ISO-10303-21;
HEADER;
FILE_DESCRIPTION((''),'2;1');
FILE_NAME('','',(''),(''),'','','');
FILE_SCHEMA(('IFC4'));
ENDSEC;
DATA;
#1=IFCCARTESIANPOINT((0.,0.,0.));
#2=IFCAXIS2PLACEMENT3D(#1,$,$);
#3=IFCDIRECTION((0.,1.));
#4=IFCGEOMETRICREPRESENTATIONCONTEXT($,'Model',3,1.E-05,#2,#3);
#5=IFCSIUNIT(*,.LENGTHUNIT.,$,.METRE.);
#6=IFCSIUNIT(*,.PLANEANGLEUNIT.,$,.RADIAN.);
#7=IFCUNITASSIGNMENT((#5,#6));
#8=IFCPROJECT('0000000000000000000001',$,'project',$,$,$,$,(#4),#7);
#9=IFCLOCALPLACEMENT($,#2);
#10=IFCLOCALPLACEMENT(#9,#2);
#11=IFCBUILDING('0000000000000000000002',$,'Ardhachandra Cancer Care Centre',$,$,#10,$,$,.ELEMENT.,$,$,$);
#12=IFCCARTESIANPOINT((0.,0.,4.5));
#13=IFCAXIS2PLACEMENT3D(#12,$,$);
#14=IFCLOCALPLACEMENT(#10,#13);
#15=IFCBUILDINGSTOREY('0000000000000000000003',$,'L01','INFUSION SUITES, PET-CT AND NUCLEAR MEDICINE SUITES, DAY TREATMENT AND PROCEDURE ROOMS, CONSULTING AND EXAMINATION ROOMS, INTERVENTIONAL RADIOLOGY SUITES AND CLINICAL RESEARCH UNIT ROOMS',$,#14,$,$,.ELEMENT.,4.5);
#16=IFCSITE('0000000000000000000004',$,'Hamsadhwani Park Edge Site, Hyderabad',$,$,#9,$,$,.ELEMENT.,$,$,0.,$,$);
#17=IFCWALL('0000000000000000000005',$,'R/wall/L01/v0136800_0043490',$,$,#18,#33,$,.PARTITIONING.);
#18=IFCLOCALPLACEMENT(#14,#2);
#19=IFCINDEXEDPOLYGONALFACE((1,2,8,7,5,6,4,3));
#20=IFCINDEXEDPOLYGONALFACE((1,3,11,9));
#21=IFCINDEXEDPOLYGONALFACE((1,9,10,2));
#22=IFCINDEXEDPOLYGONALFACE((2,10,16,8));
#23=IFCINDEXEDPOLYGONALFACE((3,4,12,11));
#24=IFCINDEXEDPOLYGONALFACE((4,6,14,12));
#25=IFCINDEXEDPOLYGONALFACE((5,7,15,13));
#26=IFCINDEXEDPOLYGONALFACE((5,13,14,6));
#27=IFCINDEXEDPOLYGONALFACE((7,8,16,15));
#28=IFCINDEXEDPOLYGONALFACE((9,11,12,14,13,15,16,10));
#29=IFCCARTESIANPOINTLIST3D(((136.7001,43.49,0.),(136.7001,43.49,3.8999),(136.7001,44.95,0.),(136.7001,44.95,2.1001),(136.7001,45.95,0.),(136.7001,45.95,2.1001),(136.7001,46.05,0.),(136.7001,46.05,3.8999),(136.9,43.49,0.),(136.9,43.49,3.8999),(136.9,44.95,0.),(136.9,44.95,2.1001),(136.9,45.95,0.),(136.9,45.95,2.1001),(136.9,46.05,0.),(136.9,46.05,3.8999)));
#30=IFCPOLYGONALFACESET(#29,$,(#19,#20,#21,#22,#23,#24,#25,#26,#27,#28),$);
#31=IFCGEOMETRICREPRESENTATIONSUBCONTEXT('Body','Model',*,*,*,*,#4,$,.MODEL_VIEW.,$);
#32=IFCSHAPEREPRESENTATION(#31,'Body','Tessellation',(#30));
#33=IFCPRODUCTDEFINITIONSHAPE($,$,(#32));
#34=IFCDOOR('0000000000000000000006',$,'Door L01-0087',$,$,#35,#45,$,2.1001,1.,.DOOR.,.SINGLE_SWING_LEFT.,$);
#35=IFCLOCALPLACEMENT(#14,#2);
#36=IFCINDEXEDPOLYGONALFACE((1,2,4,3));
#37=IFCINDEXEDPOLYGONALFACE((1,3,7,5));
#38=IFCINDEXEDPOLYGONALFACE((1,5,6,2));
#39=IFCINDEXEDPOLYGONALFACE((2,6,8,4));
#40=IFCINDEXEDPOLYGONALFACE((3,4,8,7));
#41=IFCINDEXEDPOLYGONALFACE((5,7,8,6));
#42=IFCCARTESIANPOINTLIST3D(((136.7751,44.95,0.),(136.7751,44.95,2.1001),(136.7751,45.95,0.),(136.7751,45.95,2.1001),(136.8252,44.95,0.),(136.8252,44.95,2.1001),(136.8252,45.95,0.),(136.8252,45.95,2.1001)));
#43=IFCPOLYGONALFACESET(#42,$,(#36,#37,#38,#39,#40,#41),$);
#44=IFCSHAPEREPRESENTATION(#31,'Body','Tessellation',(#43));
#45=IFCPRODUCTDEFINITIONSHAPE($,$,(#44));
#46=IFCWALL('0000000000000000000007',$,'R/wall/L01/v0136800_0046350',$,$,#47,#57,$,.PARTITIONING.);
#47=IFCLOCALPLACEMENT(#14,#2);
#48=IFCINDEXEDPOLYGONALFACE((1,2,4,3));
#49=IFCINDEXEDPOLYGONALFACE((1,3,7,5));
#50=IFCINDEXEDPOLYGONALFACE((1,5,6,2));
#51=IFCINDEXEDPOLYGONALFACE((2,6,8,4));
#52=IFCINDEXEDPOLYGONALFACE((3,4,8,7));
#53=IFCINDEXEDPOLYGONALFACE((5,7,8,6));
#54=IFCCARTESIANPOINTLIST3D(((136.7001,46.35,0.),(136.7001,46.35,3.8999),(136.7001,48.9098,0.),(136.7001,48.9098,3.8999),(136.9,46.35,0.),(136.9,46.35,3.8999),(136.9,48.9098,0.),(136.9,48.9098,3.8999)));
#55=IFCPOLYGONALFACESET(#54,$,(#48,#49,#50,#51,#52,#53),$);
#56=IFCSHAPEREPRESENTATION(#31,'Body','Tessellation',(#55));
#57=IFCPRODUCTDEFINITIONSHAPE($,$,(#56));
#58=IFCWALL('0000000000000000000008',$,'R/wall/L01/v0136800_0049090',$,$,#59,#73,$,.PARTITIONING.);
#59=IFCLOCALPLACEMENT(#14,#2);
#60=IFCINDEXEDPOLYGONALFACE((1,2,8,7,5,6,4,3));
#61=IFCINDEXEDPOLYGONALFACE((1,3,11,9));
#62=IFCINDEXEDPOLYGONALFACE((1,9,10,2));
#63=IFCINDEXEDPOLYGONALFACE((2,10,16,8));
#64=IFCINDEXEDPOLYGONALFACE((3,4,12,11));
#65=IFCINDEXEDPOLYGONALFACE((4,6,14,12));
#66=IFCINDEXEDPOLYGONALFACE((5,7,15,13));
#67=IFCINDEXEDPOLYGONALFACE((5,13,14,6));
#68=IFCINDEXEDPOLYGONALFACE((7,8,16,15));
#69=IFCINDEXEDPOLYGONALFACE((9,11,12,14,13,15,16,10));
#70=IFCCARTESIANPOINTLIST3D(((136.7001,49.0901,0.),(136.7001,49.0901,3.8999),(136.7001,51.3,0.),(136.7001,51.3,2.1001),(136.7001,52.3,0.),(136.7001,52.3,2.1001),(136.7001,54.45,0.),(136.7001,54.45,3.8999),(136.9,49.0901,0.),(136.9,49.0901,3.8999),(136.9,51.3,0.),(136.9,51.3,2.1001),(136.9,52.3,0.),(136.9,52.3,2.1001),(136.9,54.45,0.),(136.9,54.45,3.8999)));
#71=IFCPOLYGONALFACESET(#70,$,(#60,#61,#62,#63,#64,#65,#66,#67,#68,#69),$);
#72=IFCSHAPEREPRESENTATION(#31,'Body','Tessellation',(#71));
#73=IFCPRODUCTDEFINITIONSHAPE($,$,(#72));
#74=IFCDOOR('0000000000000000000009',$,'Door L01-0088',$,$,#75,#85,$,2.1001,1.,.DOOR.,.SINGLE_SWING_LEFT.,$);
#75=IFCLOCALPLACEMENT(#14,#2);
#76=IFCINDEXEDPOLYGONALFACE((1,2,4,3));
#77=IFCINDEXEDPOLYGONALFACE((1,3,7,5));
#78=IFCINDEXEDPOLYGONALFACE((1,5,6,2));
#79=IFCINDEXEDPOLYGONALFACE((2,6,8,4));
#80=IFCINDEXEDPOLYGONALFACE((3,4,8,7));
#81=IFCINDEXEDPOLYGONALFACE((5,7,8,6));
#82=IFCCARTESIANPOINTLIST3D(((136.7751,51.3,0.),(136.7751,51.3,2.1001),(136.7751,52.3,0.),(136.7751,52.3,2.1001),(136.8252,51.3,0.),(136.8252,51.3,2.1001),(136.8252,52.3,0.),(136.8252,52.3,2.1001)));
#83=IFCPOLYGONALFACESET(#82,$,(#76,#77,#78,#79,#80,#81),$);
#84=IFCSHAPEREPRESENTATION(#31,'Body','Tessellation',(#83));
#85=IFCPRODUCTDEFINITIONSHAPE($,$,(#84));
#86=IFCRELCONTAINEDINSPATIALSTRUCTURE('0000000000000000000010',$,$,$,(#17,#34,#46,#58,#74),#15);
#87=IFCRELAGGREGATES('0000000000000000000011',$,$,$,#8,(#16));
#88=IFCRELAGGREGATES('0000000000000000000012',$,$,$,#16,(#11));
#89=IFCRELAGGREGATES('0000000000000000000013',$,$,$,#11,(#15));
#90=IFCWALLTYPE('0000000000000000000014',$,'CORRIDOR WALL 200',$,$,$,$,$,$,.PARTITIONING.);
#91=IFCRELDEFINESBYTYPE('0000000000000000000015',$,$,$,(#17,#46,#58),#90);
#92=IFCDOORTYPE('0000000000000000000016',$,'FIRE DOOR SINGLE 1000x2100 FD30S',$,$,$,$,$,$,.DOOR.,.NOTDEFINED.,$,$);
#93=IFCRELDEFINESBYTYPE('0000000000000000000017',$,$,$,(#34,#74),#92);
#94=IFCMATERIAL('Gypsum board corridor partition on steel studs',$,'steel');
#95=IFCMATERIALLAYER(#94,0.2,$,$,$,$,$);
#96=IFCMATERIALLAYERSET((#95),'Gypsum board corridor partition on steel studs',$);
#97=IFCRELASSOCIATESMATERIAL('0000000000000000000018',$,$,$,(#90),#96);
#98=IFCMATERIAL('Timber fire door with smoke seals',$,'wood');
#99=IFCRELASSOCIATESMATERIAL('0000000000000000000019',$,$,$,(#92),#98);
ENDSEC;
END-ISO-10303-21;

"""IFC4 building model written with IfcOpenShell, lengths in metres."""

from ifc_helpers import new_model, si_unit, direction, frame, frame_2d, origin, place, context, subcontext, project, spatial, rectangle, extrude, material, layer, layer_set, type_object, element, fill, save


model = new_model("IFC4")

# Units and contexts
model_context = context("Model", 3, precision=1e-05, world=origin(), true_north=direction((0.0, 1.0)))
body_context = subcontext(model_context, "Body", "Model", "MODEL_VIEW")
ifc_project = project(units=[si_unit("LENGTHUNIT", "METRE"), si_unit("PLANEANGLEUNIT", "RADIAN")], contexts=[model_context])

# Site, building, storey
site_placement = place(None, origin())
site = spatial("IfcSite", under=ifc_project, at=site_placement, Name="Hamsadhwani Park Edge Site, Hyderabad", CompositionType="ELEMENT", RefElevation=0.0)
building_placement = place(site_placement, origin())
building = spatial("IfcBuilding", under=site, at=building_placement, Name="Ardhachandra Cancer Care Centre", CompositionType="ELEMENT")
storey_placement = place(building_placement, frame((0.0, 0.0, 4.5)))
storey = spatial("IfcBuildingStorey", under=building, at=storey_placement, Name="L01", Description="INFUSION SUITES, PET-CT AND NUCLEAR MEDICINE SUITES, DAY TREATMENT AND PROCEDURE ROOMS, CONSULTING AND EXAMINATION ROOMS, INTERVENTIONAL RADIOLOGY SUITES AND CLINICAL RESEARCH UNIT ROOMS", CompositionType="ELEMENT", Elevation=4.5)

# Wall, opening, door
ifc_material_1 = material(Name="Gypsum board corridor partition on steel studs", Category="steel")
ifc_layer_1 = layer(ifc_material_1, 0.2)
ifc_layer_set_1 = layer_set([ifc_layer_1], Name="Gypsum board corridor partition on steel studs")
wall_type_1 = type_object("IfcWallType", Name="CORRIDOR WALL 200", PredefinedType="PARTITIONING", material=ifc_layer_set_1)
wall_1_placement = place(storey_placement, frame((136.8, 43.49, 0.0), z_axis=(0.0, 0.0, 1.0), x_axis=(0.0, 1.0, 0.0)))
wall_1 = element("IfcWall", 1, at=wall_1_placement, inside=storey, type_object=wall_type_1, Name="R/wall/L01/v0136800_0043490", PredefinedType="PARTITIONING", context=body_context, shape_type="SweptSolid", body=[
    extrude(rectangle(XDim=2.5601, YDim=0.2, at=frame_2d((1.28, 0.0))), origin(), (0.0, 0.0, 1.0), 3.8999),
])
opening_1_placement = place(wall_1_placement, frame((1.46, 0.0, 0.0)))
opening_1 = element("IfcOpeningElement", 2, at=opening_1_placement, cuts=wall_1, PredefinedType="OPENING", context=body_context, shape_type="SweptSolid", body=[
    extrude(rectangle(XDim=1.0, YDim=2.1001, at=frame_2d((0.5, 1.05))), frame((0.0, 0.1099, 0.0), z_axis=(0.0, -1.0, 0.0), x_axis=(1.0, 0.0, 0.0)), (0.0, 0.0, 1.0), 0.22),
])
ifc_material_2 = material(Name="Timber fire door with smoke seals", Category="wood")
door_type = type_object("IfcDoorType", Name="FIRE DOOR SINGLE 1000x2100 FD30S", OperationType="NOTDEFINED", PredefinedType="DOOR", material=ifc_material_2)
door_1_placement = place(opening_1_placement, origin())
door_1 = element("IfcDoor", 3, at=door_1_placement, inside=storey, type_object=door_type, Name="Door L01-0087", OperationType="SINGLE_SWING_LEFT", OverallHeight=2.1001, OverallWidth=1.0, PredefinedType="DOOR", context=body_context, shape_type="SweptSolid", body=[
    extrude(rectangle(XDim=1.0, YDim=2.1001, at=frame_2d((0.5, 1.05))), frame((0.0, 0.0249, 0.0), z_axis=(0.0, -1.0, 0.0), x_axis=(1.0, 0.0, 0.0)), (0.0, 0.0, 1.0), 0.05),
])
fill(opening_1, door_1)

# Wall
wall_2_placement = place(storey_placement, frame((136.8, 46.3501, 0.0), z_axis=(0.0, 0.0, 1.0), x_axis=(0.0, 1.0, 0.0)))
element("IfcWall", 4, at=wall_2_placement, inside=storey, type_object=wall_type_1, Name="R/wall/L01/v0136800_0046350", PredefinedType="PARTITIONING", context=body_context, shape_type="SweptSolid", body=[
    extrude(rectangle(XDim=2.5598, YDim=0.2, at=frame_2d((1.2798, 0.0))), origin(), (0.0, 0.0, 1.0), 3.8999),
])

# Wall, opening, door
wall_3_placement = place(storey_placement, frame((136.8, 49.0901, 0.0), z_axis=(0.0, 0.0, 1.0), x_axis=(0.0, 1.0, 0.0)))
wall_3 = element("IfcWall", 5, at=wall_3_placement, inside=storey, type_object=wall_type_1, Name="R/wall/L01/v0136800_0049090", PredefinedType="PARTITIONING", context=body_context, shape_type="SweptSolid", body=[
    extrude(rectangle(XDim=5.3599, YDim=0.2, at=frame_2d((2.6799, 0.0))), origin(), (0.0, 0.0, 1.0), 3.8999),
])
opening_2_placement = place(wall_3_placement, frame((2.21, 0.0, 0.0)))
opening_2 = element("IfcOpeningElement", 6, at=opening_2_placement, cuts=wall_3, PredefinedType="OPENING", context=body_context, shape_type="SweptSolid", body=[
    extrude(rectangle(XDim=1.0, YDim=2.1001, at=frame_2d((0.5, 1.05))), frame((0.0, 0.1099, 0.0), z_axis=(0.0, -1.0, 0.0), x_axis=(1.0, 0.0, 0.0)), (0.0, 0.0, 1.0), 0.22),
])
door_2_placement = place(opening_2_placement, origin())
door_2 = element("IfcDoor", 7, at=door_2_placement, inside=storey, type_object=door_type, Name="Door L01-0088", OperationType="SINGLE_SWING_LEFT", OverallHeight=2.1001, OverallWidth=1.0, PredefinedType="DOOR", context=body_context, shape_type="SweptSolid", body=[
    extrude(rectangle(XDim=1.0, YDim=2.1001, at=frame_2d((0.5, 1.05))), frame((0.0, 0.0249, 0.0), z_axis=(0.0, -1.0, 0.0), x_axis=(1.0, 0.0, 0.0)), (0.0, 0.0, 1.0), 0.05),
])
fill(opening_2, door_2)

save(model, "model.ifc")
